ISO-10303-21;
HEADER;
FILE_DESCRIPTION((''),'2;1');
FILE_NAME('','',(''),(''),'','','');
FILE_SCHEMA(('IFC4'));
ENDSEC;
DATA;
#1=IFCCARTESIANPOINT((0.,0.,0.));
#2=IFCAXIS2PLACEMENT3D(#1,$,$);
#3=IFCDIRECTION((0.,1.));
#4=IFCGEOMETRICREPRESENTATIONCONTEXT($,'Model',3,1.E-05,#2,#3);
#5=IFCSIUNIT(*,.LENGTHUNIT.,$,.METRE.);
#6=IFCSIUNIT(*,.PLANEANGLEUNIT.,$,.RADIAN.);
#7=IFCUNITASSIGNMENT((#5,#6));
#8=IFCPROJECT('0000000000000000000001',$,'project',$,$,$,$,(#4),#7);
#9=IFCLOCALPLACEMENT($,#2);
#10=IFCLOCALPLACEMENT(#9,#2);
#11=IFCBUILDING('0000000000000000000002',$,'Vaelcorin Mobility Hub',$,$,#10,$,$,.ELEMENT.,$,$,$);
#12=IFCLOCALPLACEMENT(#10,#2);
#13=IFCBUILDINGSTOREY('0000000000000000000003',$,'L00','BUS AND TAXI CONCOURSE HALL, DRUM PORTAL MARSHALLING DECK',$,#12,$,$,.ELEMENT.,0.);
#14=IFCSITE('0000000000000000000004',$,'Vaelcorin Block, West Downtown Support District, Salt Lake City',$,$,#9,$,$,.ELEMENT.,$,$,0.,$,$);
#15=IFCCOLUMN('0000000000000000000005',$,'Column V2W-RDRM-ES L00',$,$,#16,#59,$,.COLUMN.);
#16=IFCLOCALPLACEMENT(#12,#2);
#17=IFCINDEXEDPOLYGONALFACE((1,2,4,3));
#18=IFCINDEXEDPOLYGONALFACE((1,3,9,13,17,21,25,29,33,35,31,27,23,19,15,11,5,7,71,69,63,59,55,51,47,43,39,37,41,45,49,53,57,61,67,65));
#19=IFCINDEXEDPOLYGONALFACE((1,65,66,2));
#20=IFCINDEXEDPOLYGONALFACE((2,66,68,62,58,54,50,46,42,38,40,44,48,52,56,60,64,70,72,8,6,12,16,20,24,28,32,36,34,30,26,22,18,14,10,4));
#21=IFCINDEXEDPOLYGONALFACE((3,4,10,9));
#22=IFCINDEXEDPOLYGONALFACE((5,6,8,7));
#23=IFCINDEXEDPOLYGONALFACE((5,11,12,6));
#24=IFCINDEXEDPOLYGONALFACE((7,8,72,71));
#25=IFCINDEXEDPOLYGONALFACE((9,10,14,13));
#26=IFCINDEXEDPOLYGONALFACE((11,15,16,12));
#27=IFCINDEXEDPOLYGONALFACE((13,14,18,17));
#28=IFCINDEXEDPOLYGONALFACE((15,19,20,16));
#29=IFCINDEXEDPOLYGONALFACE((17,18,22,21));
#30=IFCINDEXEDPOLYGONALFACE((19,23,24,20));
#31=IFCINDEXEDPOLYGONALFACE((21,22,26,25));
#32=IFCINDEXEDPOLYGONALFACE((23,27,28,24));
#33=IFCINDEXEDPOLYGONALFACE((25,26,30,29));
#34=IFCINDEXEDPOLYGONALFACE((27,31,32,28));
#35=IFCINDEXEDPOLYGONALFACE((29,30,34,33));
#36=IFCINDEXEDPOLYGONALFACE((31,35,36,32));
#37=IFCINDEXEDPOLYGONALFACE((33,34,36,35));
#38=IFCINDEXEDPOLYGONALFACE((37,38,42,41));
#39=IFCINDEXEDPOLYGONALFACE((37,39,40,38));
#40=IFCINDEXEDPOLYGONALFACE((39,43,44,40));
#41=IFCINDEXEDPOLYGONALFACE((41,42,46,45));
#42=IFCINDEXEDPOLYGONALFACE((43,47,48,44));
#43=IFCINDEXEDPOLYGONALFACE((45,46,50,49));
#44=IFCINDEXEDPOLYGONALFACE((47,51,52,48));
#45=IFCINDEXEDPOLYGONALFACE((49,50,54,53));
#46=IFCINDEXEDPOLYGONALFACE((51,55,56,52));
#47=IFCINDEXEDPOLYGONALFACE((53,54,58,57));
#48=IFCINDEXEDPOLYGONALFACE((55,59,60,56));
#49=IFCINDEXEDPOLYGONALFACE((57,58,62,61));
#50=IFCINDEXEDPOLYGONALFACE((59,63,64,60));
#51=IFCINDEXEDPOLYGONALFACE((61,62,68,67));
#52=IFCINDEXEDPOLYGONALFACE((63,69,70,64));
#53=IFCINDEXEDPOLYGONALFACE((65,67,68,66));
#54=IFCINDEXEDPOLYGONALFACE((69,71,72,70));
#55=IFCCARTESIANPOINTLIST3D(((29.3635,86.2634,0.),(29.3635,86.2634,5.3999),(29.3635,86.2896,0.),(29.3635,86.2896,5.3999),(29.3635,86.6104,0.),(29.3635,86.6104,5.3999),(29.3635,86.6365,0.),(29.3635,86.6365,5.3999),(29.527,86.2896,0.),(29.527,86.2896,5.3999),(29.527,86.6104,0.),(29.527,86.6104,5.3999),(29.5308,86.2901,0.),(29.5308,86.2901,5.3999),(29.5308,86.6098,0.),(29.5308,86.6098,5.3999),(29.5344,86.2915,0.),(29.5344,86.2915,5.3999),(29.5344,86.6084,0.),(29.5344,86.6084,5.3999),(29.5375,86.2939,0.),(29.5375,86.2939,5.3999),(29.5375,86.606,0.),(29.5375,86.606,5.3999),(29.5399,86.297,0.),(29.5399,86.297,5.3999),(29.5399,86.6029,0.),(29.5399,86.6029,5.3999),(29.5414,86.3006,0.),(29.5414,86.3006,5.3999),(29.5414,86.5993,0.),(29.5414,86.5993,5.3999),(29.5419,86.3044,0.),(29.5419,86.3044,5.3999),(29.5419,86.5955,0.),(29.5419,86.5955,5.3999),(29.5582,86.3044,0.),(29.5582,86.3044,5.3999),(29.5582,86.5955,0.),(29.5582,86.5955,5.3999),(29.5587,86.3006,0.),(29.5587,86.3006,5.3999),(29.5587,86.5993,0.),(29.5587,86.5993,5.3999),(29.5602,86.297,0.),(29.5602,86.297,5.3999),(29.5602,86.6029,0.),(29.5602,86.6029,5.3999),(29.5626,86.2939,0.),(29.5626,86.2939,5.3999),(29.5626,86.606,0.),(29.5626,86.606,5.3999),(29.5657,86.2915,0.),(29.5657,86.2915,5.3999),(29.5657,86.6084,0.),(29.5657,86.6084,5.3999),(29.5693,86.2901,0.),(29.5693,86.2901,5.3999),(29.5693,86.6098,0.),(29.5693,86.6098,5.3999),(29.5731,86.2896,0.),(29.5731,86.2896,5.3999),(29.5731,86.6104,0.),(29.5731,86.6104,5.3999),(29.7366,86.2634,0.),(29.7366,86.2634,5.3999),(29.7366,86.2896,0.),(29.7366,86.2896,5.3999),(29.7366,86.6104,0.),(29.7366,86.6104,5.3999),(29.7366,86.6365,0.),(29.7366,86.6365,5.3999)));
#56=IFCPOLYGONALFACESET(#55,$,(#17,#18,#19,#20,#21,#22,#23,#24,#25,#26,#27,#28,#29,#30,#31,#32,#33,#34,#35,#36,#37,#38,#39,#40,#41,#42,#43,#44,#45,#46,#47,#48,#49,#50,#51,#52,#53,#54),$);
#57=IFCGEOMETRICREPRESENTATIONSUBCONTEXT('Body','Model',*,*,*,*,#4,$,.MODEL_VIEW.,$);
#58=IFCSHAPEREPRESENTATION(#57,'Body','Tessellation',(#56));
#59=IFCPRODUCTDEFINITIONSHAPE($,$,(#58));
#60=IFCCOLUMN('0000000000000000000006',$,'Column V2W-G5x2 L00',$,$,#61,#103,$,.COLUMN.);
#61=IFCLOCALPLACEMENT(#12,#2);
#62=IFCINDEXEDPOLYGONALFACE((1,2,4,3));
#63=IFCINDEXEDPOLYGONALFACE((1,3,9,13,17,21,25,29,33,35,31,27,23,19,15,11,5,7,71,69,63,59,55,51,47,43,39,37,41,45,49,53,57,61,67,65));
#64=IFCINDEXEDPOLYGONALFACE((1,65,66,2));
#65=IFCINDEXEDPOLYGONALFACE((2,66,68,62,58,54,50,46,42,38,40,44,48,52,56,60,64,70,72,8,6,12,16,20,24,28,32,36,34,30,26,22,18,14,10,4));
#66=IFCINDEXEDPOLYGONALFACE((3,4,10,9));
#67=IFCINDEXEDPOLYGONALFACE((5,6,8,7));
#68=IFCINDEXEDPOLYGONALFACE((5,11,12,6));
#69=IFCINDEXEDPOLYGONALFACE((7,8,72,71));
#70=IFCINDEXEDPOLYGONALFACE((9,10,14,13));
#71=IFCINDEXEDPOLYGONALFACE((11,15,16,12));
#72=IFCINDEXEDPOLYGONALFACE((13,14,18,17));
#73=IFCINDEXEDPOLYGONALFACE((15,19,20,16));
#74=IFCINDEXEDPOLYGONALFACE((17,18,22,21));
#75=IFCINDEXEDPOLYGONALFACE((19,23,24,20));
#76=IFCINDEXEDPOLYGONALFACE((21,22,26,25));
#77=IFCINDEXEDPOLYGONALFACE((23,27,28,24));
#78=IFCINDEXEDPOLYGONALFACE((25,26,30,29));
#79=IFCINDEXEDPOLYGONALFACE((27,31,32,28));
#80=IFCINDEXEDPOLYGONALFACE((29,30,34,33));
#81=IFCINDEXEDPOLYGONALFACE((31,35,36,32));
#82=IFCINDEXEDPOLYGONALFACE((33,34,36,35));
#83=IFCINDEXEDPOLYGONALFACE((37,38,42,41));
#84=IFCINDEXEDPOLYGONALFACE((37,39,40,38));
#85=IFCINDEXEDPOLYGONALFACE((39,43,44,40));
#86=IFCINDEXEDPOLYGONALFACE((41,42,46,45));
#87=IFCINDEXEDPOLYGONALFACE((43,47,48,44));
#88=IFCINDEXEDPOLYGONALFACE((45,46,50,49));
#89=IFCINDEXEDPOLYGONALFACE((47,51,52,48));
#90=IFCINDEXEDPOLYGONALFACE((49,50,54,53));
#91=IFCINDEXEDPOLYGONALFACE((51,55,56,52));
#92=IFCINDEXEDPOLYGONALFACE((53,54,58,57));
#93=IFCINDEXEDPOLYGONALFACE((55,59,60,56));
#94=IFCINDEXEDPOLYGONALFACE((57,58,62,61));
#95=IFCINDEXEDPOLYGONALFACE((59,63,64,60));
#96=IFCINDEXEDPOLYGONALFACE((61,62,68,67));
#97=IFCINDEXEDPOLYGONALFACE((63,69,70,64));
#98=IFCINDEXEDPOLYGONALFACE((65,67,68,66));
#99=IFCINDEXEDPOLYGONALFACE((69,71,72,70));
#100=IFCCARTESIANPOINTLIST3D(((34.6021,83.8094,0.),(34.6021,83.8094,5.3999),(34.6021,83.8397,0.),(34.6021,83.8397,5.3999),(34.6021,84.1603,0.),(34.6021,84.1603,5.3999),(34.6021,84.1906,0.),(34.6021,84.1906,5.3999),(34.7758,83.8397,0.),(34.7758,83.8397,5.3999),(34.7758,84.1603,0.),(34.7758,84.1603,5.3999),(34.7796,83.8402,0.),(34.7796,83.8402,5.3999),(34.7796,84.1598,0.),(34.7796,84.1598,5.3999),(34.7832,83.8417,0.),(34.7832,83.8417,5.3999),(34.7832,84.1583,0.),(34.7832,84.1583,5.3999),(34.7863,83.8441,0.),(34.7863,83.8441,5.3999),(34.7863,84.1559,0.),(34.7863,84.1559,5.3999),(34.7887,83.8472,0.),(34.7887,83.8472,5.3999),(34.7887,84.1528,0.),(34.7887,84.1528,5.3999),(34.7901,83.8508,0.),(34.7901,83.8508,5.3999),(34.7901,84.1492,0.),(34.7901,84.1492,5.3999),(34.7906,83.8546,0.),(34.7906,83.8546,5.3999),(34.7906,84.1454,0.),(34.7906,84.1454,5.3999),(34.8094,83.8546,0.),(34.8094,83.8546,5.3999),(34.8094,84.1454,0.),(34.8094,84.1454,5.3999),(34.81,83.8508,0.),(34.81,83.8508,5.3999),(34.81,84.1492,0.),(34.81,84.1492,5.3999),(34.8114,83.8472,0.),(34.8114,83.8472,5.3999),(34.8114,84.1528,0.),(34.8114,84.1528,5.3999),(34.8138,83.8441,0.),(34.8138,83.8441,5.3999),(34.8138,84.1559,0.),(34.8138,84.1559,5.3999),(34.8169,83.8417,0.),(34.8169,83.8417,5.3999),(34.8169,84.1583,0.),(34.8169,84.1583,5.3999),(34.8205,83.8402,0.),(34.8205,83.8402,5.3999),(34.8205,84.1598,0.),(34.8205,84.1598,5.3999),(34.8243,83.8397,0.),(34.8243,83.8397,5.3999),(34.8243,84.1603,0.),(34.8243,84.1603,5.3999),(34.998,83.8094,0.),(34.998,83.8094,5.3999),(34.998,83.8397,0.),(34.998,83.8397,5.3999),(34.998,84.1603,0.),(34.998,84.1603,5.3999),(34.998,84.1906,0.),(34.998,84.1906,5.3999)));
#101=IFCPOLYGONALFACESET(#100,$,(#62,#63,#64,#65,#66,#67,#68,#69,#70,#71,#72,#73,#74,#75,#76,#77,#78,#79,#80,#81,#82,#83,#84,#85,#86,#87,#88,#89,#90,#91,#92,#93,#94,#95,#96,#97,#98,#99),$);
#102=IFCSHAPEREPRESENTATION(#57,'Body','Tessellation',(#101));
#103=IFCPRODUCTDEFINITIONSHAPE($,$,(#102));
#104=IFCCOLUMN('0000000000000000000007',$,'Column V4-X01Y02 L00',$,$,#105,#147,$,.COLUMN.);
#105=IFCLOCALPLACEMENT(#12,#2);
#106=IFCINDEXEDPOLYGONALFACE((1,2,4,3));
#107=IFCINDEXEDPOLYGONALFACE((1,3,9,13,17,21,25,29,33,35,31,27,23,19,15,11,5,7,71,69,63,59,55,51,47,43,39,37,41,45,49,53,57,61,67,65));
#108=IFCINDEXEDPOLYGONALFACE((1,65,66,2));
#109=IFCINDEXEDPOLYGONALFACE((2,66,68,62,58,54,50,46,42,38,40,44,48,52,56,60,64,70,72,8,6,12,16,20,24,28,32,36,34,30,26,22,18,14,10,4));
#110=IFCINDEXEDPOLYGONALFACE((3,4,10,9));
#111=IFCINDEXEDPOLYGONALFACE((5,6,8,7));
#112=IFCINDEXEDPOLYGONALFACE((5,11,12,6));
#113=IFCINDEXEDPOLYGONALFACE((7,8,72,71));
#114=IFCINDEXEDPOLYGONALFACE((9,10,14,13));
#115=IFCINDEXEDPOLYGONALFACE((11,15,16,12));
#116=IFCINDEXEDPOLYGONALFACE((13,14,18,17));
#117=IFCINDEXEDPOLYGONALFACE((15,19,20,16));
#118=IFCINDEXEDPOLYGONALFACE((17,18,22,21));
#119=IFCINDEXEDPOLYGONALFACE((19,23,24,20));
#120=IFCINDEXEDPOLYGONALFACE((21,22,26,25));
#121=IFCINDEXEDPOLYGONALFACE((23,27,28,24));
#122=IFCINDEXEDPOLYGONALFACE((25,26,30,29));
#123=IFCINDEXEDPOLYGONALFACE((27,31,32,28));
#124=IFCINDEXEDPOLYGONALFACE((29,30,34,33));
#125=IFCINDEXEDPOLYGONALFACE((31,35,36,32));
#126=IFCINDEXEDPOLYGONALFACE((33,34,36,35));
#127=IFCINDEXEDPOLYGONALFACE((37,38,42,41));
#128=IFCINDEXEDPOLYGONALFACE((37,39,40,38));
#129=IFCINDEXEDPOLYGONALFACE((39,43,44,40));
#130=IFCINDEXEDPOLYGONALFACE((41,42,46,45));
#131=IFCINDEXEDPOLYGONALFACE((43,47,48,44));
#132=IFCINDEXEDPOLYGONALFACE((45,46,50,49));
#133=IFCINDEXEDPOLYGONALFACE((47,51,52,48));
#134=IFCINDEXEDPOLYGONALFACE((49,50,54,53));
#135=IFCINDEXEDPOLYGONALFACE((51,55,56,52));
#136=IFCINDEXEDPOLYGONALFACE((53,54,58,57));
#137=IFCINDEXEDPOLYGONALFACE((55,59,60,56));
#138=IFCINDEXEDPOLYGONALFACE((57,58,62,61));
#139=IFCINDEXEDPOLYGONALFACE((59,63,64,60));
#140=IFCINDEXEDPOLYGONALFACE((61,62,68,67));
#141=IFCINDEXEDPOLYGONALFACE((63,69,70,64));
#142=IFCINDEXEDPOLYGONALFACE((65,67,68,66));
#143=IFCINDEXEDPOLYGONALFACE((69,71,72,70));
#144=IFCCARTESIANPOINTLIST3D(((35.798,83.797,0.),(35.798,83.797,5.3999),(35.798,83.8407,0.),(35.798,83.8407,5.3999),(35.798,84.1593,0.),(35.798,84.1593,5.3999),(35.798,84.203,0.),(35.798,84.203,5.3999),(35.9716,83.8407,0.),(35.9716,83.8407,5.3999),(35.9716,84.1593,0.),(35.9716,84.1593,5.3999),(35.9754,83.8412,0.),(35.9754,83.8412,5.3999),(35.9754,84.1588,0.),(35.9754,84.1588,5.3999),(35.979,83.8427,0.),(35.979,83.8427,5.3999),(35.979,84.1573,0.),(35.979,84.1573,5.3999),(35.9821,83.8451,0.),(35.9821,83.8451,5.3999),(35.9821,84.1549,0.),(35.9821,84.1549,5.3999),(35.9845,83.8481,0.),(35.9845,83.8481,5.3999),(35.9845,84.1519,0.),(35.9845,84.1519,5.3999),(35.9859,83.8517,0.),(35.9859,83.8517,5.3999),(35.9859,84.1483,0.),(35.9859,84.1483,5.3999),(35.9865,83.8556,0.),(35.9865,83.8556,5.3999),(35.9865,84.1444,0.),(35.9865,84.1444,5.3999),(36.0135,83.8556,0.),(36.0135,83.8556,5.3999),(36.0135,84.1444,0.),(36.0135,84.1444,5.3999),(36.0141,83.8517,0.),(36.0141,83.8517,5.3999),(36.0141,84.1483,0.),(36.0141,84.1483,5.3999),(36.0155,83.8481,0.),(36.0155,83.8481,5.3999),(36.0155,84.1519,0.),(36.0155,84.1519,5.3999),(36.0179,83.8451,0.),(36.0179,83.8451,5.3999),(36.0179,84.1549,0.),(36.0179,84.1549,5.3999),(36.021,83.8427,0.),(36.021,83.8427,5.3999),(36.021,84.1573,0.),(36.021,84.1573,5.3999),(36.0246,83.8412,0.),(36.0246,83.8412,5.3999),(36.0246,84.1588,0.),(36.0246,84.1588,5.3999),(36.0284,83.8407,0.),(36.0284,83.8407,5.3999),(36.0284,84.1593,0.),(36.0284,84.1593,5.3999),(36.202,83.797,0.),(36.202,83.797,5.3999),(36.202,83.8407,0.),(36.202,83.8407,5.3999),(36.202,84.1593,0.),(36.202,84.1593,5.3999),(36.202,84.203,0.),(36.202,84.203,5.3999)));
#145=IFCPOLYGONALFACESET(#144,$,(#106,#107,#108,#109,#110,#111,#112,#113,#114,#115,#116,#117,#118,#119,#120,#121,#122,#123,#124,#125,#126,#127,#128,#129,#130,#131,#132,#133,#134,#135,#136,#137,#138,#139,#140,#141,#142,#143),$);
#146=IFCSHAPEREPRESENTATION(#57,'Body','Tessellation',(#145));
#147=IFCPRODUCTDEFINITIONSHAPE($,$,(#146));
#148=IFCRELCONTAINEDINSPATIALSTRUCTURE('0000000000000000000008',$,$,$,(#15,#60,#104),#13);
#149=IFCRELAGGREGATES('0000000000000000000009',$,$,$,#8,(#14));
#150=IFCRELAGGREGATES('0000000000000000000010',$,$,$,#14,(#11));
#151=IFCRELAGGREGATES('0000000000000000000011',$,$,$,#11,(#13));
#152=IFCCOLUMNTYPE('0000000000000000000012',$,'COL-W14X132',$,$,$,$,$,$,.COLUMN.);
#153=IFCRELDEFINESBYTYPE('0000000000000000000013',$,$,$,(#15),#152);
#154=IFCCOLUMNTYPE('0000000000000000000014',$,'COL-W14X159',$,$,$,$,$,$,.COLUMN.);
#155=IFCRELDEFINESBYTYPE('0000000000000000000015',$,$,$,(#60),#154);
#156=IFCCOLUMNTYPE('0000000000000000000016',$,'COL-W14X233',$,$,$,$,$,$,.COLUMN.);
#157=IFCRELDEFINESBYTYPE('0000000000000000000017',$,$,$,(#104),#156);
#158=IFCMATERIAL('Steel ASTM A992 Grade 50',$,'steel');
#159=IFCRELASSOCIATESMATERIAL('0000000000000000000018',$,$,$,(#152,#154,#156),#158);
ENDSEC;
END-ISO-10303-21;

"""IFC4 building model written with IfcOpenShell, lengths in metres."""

from ifc_helpers import new_model, si_unit, direction, frame, origin, origin_2d, place, context, subcontext, project, spatial, i_section, extrude, material, material_profile, profile_set, type_object, element, save


model = new_model("IFC4")

# Units and contexts
model_context = context("Model", 3, precision=1e-05, world=origin(), true_north=direction((0.0, 1.0)))
body_context = subcontext(model_context, "Body", "Model", "MODEL_VIEW")
ifc_project = project(units=[si_unit("LENGTHUNIT", "METRE"), si_unit("PLANEANGLEUNIT", "RADIAN")], contexts=[model_context])

# Site, building, storey
site_placement = place(None, origin())
site = spatial("IfcSite", under=ifc_project, at=site_placement, Name="Vaelcorin Block, West Downtown Support District, Salt Lake City", CompositionType="ELEMENT", RefElevation=0.0)
building_placement = place(site_placement, origin())
building = spatial("IfcBuilding", under=site, at=building_placement, Name="Vaelcorin Mobility Hub", CompositionType="ELEMENT")
storey_placement = place(building_placement, origin())
storey = spatial("IfcBuildingStorey", under=building, at=storey_placement, Name="L00", Description="BUS AND TAXI CONCOURSE HALL, DRUM PORTAL MARSHALLING DECK", CompositionType="ELEMENT", Elevation=0.0)

# Columns
ifc_material_1 = material(Name="Steel ASTM A992 Grade 50", Category="steel")
ifc_material_profile_1 = material_profile(ifc_material_1, i_section(OverallWidth=0.373, OverallDepth=0.373, WebThickness=0.0164, FlangeThickness=0.0261, FilletRadius=0.0149, at=origin_2d()), Name="W14X132")
ifc_profile_set_1 = profile_set([ifc_material_profile_1], Name="Steel ASTM A992 Grade 50")
column_type_1 = type_object("IfcColumnType", Name="COL-W14X132", PredefinedType="COLUMN", material=ifc_profile_set_1)
column_1_placement = place(storey_placement, frame((29.55, 86.45, 0.0), z_axis=(0.0, 0.0, 1.0), x_axis=(1.0, 0.0, 0.0)))
element("IfcColumn", 1, at=column_1_placement, inside=storey, type_object=column_type_1, Name="Column V2W-RDRM-ES L00", PredefinedType="COLUMN", context=body_context, shape_type="SweptSolid", body=[
    extrude(i_section(OverallWidth=0.373, OverallDepth=0.373, WebThickness=0.0164, FlangeThickness=0.0261, FilletRadius=0.0149, at=origin_2d()), origin(), (0.0, 0.0, 1.0), 5.3999),
])
ifc_material_profile_2 = material_profile(ifc_material_1, i_section(OverallWidth=0.396, OverallDepth=0.3811, WebThickness=0.0188, FlangeThickness=0.0303, FilletRadius=0.0149, at=origin_2d()), Name="W14X159")
ifc_profile_set_2 = profile_set([ifc_material_profile_2], Name="Steel ASTM A992 Grade 50")
column_type_2 = type_object("IfcColumnType", Name="COL-W14X159", PredefinedType="COLUMN", material=ifc_profile_set_2)
column_2_placement = place(storey_placement, frame((34.8, 84.0, 0.0), z_axis=(0.0, 0.0, 1.0), x_axis=(1.0, 0.0, 0.0)))
element("IfcColumn", 2, at=column_2_placement, inside=storey, type_object=column_type_2, Name="Column V2W-G5x2 L00", PredefinedType="COLUMN", context=body_context, shape_type="SweptSolid", body=[
    extrude(i_section(OverallWidth=0.396, OverallDepth=0.3811, WebThickness=0.0188, FlangeThickness=0.0303, FilletRadius=0.0149, at=origin_2d()), origin(), (0.0, 0.0, 1.0), 5.3999),
])
ifc_material_profile_3 = material_profile(ifc_material_1, i_section(OverallWidth=0.4041, OverallDepth=0.406, WebThickness=0.0271, FlangeThickness=0.0437, FilletRadius=0.0149, at=origin_2d()), Name="W14X233")
ifc_profile_set_3 = profile_set([ifc_material_profile_3], Name="Steel ASTM A992 Grade 50")
column_type_3 = type_object("IfcColumnType", Name="COL-W14X233", PredefinedType="COLUMN", material=ifc_profile_set_3)
column_3_placement = place(storey_placement, frame((36.0, 84.0, 0.0), z_axis=(0.0, 0.0, 1.0), x_axis=(1.0, 0.0, 0.0)))
element("IfcColumn", 3, at=column_3_placement, inside=storey, type_object=column_type_3, Name="Column V4-X01Y02 L00", PredefinedType="COLUMN", context=body_context, shape_type="SweptSolid", body=[
    extrude(i_section(OverallWidth=0.4041, OverallDepth=0.406, WebThickness=0.0271, FlangeThickness=0.0437, FilletRadius=0.0149, at=origin_2d()), origin(), (0.0, 0.0, 1.0), 5.3999),
])

save(model, "model.ifc")
